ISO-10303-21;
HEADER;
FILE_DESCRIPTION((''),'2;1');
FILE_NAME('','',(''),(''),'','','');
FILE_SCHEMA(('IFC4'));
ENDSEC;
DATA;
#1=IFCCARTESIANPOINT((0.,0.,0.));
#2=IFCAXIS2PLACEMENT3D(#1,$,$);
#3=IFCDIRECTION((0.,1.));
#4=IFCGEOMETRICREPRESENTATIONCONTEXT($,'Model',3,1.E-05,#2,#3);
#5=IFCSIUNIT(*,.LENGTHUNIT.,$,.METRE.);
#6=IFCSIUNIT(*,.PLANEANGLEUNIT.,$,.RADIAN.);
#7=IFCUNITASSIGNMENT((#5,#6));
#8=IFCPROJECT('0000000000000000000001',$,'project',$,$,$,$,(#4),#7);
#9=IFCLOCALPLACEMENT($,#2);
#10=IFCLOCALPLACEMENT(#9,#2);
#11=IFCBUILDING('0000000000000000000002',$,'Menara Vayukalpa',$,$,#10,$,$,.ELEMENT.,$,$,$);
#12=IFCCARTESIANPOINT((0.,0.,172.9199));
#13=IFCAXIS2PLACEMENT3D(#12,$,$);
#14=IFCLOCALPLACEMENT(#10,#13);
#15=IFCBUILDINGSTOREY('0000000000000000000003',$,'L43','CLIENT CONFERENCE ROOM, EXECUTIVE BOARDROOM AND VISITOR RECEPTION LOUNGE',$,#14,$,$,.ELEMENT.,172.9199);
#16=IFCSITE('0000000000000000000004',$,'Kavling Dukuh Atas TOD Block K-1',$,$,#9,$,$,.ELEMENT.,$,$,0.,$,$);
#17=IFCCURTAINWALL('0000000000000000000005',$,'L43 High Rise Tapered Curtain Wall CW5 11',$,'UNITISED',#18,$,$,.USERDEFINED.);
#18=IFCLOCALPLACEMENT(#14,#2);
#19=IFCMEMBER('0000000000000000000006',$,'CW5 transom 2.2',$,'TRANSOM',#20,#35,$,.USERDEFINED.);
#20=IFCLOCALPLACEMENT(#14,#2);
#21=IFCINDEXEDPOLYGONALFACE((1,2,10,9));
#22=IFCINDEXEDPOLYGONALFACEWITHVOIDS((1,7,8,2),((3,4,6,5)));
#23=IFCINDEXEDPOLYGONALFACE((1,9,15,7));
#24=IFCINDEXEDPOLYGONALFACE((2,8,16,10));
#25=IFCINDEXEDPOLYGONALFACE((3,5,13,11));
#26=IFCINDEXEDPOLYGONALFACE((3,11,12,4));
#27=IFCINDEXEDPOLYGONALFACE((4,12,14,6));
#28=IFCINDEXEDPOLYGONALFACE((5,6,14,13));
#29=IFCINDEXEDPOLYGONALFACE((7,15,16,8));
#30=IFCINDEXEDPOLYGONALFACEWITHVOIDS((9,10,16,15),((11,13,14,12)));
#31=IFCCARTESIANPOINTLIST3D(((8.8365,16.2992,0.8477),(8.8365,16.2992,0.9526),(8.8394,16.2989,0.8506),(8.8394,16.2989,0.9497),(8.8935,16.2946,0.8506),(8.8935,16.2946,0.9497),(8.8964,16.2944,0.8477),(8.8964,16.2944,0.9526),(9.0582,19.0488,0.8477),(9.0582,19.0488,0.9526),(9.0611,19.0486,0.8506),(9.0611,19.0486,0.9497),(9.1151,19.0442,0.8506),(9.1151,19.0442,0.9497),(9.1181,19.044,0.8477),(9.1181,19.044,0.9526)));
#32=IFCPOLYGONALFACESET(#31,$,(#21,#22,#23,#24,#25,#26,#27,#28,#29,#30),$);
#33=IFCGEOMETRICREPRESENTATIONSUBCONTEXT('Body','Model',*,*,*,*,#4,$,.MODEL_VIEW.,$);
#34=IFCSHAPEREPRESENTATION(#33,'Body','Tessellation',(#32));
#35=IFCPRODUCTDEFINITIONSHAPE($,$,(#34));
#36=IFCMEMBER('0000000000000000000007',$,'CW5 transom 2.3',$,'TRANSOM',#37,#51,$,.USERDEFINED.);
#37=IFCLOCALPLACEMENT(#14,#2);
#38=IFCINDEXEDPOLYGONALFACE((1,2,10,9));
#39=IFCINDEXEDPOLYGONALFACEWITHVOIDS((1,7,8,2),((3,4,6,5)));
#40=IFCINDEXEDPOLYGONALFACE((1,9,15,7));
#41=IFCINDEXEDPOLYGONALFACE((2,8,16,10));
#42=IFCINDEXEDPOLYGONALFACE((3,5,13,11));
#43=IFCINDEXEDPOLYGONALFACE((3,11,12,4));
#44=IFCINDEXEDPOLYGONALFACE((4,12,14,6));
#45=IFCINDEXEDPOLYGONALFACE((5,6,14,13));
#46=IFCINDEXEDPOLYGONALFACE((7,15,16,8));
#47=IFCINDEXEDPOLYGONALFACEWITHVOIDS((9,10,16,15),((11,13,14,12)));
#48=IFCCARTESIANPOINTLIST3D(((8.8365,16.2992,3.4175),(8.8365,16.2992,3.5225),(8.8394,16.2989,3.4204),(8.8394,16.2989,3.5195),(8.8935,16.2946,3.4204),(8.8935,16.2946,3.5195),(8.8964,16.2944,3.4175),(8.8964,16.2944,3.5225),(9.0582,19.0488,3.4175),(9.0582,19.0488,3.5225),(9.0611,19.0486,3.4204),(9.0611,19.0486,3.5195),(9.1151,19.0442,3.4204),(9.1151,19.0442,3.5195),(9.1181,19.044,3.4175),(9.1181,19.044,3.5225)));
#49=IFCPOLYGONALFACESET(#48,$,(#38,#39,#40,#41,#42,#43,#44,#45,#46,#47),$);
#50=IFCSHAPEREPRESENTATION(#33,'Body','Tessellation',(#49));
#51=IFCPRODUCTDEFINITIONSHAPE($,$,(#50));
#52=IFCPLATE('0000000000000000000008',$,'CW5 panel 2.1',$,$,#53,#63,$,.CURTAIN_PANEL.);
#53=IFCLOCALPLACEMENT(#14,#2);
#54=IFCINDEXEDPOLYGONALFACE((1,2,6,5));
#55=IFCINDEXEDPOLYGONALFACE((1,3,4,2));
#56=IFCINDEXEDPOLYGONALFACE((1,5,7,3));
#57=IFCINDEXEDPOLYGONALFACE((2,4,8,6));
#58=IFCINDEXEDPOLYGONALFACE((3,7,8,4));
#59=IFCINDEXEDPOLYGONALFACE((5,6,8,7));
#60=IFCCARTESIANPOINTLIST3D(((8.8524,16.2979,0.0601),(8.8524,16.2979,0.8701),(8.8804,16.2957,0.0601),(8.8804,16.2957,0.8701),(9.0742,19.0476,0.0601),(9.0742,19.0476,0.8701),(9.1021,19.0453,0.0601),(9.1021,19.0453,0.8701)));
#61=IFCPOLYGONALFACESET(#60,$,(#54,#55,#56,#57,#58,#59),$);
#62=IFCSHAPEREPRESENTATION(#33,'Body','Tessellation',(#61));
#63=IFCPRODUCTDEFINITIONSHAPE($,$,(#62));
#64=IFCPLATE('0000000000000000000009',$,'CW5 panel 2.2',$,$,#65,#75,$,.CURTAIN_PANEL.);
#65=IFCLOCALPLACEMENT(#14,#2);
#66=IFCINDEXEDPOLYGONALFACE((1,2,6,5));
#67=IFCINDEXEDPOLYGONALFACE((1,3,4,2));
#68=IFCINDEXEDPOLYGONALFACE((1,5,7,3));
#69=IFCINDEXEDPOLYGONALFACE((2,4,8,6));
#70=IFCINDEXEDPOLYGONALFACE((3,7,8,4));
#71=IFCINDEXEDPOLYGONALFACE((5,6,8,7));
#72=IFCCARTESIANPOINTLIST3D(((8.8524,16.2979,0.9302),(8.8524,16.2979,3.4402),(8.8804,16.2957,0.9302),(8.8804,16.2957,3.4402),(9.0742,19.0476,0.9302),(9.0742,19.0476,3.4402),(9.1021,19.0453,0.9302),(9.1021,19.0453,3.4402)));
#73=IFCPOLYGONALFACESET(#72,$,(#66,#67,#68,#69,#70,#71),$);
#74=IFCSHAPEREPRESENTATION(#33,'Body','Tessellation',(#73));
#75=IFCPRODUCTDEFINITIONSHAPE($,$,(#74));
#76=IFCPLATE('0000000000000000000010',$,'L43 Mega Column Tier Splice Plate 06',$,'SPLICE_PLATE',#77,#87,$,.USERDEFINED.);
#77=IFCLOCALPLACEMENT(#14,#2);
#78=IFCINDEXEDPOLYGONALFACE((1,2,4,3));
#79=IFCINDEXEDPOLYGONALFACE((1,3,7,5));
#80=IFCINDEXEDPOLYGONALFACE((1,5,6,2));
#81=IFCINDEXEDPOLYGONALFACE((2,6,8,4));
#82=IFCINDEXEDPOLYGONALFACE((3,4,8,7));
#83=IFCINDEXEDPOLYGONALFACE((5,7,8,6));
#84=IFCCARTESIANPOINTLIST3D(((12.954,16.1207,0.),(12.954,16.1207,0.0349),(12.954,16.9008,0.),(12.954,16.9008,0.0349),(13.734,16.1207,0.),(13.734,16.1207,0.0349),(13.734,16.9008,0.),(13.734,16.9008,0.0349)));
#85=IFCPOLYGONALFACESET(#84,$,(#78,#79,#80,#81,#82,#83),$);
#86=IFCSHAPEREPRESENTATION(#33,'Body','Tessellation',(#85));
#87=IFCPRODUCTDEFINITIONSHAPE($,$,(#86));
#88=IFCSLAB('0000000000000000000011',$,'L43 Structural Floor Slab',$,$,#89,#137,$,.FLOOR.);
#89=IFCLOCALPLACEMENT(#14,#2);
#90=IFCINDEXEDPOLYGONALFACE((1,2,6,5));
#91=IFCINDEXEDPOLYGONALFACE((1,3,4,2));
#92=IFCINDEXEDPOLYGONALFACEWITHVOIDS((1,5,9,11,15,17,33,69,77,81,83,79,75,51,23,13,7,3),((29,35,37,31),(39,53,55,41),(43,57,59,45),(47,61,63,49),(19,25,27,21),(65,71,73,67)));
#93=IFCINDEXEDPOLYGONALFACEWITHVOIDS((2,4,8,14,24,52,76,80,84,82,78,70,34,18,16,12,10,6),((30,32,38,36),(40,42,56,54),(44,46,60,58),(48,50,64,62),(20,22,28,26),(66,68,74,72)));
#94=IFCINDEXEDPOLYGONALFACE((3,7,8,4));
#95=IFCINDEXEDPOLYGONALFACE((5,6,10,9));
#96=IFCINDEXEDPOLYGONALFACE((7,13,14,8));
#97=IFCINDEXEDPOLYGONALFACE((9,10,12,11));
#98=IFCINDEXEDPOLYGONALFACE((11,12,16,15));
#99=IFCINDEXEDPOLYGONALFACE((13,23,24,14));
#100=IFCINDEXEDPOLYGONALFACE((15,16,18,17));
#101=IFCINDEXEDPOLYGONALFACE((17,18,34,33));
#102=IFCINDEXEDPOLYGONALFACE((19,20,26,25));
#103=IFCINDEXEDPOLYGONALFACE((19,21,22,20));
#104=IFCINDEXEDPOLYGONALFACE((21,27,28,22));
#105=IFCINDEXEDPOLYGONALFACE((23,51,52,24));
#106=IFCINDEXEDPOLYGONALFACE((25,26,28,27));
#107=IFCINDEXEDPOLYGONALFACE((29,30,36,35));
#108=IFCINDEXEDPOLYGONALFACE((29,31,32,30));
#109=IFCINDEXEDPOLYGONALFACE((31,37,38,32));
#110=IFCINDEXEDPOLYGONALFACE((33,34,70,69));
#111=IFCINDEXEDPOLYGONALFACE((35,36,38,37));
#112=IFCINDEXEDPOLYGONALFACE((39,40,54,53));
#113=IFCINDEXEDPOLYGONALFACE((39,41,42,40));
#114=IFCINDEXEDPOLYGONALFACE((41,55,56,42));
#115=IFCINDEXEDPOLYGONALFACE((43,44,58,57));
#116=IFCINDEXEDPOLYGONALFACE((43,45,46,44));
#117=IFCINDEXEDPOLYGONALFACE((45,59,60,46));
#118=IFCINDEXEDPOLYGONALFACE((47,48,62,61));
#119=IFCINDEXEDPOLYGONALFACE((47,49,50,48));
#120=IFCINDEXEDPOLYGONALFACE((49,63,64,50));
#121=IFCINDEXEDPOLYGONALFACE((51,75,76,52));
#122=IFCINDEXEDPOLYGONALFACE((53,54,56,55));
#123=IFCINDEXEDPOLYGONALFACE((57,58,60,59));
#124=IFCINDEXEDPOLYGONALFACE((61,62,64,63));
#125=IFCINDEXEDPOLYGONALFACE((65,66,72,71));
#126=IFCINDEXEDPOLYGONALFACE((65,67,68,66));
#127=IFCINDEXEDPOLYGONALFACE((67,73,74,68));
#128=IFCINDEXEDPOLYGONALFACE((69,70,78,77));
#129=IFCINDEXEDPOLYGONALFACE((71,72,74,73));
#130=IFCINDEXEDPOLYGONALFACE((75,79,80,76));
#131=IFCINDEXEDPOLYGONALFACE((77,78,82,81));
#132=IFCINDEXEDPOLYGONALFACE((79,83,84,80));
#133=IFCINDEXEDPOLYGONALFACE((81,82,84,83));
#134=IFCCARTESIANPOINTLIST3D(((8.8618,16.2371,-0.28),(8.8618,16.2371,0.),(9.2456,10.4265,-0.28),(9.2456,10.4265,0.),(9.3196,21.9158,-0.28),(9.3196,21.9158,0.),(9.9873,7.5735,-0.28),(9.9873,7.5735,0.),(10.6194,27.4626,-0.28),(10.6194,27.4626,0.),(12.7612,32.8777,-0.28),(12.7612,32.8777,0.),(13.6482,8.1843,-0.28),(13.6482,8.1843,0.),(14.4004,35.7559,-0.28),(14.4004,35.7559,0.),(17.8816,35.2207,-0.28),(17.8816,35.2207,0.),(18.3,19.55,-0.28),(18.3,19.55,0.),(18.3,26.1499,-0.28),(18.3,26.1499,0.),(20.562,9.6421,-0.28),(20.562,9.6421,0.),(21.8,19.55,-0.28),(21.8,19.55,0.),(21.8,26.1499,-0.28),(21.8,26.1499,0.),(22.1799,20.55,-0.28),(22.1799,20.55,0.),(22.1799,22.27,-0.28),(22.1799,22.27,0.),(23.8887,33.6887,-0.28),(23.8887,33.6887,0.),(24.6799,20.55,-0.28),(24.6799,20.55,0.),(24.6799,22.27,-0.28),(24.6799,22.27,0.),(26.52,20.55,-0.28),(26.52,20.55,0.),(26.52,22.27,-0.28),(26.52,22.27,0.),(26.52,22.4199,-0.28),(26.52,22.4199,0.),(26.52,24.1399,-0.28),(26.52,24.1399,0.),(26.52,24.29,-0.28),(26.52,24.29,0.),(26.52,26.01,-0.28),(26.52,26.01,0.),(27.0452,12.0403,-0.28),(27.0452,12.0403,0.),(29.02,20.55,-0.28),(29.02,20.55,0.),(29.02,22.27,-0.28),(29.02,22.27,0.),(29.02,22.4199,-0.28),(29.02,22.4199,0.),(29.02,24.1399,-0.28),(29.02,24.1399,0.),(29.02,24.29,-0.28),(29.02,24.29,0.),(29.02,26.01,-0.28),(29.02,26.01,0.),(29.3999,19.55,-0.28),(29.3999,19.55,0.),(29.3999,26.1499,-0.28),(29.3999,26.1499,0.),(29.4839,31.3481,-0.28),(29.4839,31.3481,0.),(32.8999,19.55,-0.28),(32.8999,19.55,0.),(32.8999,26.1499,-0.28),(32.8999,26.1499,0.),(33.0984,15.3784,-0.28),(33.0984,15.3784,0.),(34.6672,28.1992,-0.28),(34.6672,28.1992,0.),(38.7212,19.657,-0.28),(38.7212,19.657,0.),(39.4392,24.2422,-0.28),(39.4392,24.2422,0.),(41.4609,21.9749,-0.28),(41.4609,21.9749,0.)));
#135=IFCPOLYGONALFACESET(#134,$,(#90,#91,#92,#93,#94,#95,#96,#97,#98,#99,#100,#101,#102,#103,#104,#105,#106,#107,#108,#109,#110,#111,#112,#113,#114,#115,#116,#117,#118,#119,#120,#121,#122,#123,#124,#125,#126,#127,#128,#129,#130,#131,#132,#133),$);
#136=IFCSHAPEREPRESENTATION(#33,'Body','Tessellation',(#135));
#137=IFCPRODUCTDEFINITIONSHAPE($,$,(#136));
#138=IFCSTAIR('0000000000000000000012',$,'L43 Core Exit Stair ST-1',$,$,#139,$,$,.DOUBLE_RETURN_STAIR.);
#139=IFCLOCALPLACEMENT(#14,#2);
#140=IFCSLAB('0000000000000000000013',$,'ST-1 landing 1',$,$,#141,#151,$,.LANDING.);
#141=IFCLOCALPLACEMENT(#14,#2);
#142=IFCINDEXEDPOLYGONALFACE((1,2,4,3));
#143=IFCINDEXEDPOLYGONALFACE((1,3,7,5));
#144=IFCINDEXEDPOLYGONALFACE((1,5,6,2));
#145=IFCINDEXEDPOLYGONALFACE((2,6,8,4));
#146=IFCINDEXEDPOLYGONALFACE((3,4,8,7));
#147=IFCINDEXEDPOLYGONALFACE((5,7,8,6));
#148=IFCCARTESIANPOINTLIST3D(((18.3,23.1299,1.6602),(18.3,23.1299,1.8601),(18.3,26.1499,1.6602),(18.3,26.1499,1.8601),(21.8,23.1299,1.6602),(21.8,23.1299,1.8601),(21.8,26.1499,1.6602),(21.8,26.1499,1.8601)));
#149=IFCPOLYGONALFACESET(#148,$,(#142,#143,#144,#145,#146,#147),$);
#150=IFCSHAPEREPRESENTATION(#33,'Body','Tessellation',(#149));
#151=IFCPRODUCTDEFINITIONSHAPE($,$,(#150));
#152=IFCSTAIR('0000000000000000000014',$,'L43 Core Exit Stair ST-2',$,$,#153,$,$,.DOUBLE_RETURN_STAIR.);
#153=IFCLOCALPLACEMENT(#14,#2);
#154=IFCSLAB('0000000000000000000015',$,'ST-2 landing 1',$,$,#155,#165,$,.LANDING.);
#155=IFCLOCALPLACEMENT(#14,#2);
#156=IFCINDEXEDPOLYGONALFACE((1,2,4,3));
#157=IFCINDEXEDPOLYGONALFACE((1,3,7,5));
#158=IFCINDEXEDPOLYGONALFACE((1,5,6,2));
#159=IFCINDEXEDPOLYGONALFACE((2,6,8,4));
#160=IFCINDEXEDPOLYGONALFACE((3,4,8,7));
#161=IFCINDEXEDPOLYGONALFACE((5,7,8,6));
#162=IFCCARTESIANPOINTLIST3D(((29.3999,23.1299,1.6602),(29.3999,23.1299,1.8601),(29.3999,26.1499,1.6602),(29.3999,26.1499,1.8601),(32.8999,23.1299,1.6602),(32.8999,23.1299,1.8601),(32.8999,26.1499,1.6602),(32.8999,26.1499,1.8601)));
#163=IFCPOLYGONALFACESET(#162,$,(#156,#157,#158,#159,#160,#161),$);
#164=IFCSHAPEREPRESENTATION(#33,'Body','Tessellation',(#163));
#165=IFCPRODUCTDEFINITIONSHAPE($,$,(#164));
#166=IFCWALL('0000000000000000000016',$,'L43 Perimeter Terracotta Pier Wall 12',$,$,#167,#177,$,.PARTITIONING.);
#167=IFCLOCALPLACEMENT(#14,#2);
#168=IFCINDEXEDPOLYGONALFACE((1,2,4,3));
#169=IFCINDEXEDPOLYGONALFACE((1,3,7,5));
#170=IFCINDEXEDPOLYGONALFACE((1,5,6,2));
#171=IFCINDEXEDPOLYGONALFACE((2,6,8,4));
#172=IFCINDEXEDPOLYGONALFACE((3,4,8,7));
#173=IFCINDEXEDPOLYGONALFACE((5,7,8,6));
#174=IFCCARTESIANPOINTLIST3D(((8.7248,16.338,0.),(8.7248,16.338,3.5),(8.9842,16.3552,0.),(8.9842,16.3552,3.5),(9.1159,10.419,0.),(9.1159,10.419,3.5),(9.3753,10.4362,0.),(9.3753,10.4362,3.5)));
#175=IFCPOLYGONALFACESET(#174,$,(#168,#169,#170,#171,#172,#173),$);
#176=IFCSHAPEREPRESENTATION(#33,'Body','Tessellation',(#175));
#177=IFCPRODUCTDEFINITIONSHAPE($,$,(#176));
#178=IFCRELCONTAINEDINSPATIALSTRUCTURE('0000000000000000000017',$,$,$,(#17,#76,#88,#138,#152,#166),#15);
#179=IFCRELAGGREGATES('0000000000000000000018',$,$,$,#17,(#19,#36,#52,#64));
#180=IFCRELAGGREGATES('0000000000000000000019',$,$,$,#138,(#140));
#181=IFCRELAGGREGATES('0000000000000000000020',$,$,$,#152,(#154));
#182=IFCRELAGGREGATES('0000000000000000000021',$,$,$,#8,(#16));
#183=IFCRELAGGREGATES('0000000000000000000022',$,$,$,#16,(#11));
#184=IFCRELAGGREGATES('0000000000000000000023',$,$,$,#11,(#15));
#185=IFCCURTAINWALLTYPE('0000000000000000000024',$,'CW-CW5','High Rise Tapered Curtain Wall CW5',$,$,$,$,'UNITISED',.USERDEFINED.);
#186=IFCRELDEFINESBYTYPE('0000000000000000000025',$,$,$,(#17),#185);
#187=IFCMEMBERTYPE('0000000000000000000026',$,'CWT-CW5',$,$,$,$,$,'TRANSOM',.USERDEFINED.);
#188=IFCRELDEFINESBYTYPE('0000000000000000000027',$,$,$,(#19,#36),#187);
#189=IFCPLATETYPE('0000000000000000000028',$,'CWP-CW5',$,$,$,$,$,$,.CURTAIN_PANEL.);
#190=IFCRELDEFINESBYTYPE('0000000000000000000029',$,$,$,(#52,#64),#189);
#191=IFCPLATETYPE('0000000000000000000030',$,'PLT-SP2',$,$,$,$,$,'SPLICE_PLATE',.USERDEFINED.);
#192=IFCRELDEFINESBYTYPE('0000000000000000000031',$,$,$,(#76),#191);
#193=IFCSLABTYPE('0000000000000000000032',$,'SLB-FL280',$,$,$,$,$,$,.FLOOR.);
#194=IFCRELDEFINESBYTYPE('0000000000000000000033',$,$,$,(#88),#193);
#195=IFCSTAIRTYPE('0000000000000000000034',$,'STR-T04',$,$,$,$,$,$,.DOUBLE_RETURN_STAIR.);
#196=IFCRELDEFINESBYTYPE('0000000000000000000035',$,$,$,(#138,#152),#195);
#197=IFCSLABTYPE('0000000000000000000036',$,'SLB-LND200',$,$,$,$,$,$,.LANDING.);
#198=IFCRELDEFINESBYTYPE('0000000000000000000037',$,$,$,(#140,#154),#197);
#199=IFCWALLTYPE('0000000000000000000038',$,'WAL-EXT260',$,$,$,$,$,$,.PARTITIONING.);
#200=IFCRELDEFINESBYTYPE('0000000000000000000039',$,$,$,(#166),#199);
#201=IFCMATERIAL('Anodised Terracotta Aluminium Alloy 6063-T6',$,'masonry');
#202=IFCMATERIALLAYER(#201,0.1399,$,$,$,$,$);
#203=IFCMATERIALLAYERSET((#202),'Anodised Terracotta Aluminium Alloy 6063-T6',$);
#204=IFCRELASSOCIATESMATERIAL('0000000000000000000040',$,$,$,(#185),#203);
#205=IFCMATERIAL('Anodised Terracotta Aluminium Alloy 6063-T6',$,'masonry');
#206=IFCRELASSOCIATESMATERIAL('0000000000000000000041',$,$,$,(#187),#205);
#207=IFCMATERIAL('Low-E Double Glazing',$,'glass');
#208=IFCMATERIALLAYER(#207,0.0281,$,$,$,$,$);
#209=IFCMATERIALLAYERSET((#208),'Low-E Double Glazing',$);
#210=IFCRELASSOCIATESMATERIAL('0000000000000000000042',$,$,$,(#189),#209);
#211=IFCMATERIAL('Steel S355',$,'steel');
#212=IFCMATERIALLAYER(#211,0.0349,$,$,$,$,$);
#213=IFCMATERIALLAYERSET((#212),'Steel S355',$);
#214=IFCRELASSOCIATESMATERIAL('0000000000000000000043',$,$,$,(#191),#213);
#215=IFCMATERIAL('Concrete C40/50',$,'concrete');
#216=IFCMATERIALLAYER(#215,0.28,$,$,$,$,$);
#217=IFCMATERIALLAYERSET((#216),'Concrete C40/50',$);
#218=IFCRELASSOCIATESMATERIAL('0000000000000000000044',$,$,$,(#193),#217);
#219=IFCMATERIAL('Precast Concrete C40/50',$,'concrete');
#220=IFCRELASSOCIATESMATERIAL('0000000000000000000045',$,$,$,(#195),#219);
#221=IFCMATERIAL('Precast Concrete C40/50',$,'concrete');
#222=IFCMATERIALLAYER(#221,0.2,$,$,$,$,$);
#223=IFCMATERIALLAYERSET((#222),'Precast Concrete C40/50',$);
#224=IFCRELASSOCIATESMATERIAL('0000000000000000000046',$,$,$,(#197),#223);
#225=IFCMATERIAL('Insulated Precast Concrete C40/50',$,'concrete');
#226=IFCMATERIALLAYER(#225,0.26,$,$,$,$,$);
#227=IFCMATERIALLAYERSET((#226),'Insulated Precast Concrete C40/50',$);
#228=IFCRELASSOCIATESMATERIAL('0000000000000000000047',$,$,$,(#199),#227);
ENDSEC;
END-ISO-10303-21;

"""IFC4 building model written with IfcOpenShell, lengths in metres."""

from ifc_helpers import new_model, si_unit, direction, frame, frame_2d, origin, origin_2d, place, context, subcontext, project, spatial, polyline, rectangle, hollow_rectangle, outline, extrude, material, layer, layer_set, material_profile, profile_set, type_object, element, aggregate, save


model = new_model("IFC4")

# Units and contexts
model_context = context("Model", 3, precision=1e-05, world=origin(), true_north=direction((0.0, 1.0)))
body_context = subcontext(model_context, "Body", "Model", "MODEL_VIEW")
ifc_project = project(units=[si_unit("LENGTHUNIT", "METRE"), si_unit("PLANEANGLEUNIT", "RADIAN")], contexts=[model_context])

# Site, building, storey
site_placement = place(None, origin())
site = spatial("IfcSite", under=ifc_project, at=site_placement, Name="Kavling Dukuh Atas TOD Block K-1", CompositionType="ELEMENT", RefElevation=0.0)
building_placement = place(site_placement, origin())
building = spatial("IfcBuilding", under=site, at=building_placement, Name="Menara Vayukalpa", CompositionType="ELEMENT")
storey_placement = place(building_placement, frame((0.0, 0.0, 172.9199)))
storey = spatial("IfcBuildingStorey", under=building, at=storey_placement, Name="L43", Description="CLIENT CONFERENCE ROOM, EXECUTIVE BOARDROOM AND VISITOR RECEPTION LOUNGE", CompositionType="ELEMENT", Elevation=172.9199)

# Curtain wall, members, plates
ifc_material_1 = material(Name="Anodised Terracotta Aluminium Alloy 6063-T6", Category="masonry")
ifc_layer_1 = layer(ifc_material_1, 0.1399)
ifc_layer_set_1 = layer_set([ifc_layer_1], Name="Anodised Terracotta Aluminium Alloy 6063-T6")
curtain_wall_type = type_object("IfcCurtainWallType", Name="CW-CW5", Description="High Rise Tapered Curtain Wall CW5", ElementType="UNITISED", PredefinedType="USERDEFINED", material=ifc_layer_set_1)
curtain_wall_placement = place(storey_placement, origin())
curtain_wall = element("IfcCurtainWall", 1, at=curtain_wall_placement, inside=storey, type_object=curtain_wall_type, Name="L43 High Rise Tapered Curtain Wall CW5 11", ObjectType="UNITISED", PredefinedType="USERDEFINED")
ifc_material_2 = material(Name="Anodised Terracotta Aluminium Alloy 6063-T6", Category="masonry")
ifc_material_profile_1 = material_profile(ifc_material_2, hollow_rectangle(XDim=0.0601, YDim=0.105, WallThickness=0.0029, at=origin_2d()), Name="ALU 60x105x3")
ifc_profile_set_1 = profile_set([ifc_material_profile_1], Name="Anodised Terracotta Aluminium Alloy 6063-T6")
member_type_1 = type_object("IfcMemberType", Name="CWT-CW5", ElementType="TRANSOM", PredefinedType="USERDEFINED", material=ifc_profile_set_1)
member_1_placement = place(storey_placement, frame((9.0881, 19.0464, 0.9001), z_axis=(-0.080364, -0.996766, 0.0), x_axis=(0.996766, -0.080364, 0.0)))
member_1 = element("IfcMember", 2, at=member_1_placement, type_object=member_type_1, Name="CW5 transom 2.2", ObjectType="TRANSOM", PredefinedType="USERDEFINED", context=body_context, shape_type="SweptSolid", body=[
    extrude(hollow_rectangle(XDim=0.0601, YDim=0.105, WallThickness=0.0029, at=origin_2d()), origin(), (0.0, 0.0, 1.0), 2.7585),
])
member_2_placement = place(storey_placement, frame((9.0881, 19.0464, 3.47), z_axis=(-0.080364, -0.996766, 0.0), x_axis=(0.996766, -0.080364, 0.0)))
member_2 = element("IfcMember", 3, at=member_2_placement, type_object=member_type_1, Name="CW5 transom 2.3", ObjectType="TRANSOM", PredefinedType="USERDEFINED", context=body_context, shape_type="SweptSolid", body=[
    extrude(hollow_rectangle(XDim=0.0601, YDim=0.105, WallThickness=0.0029, at=origin_2d()), origin(), (0.0, 0.0, 1.0), 2.7585),
])
ifc_material_3 = material(Name="Low-E Double Glazing", Category="glass")
ifc_layer_2 = layer(ifc_material_3, 0.0281)
ifc_layer_set_2 = layer_set([ifc_layer_2], Name="Low-E Double Glazing")
plate_type_1 = type_object("IfcPlateType", Name="CWP-CW5", PredefinedType="CURTAIN_PANEL", material=ifc_layer_set_2)
plate_1_placement = place(storey_placement, frame((8.9773, 17.6716, 0.0601), z_axis=(0.0, 0.0, 1.0), x_axis=(-0.080374, -0.996765, 0.0)))
plate_1 = element("IfcPlate", 4, at=plate_1_placement, type_object=plate_type_1, Name="CW5 panel 2.1", PredefinedType="CURTAIN_PANEL", context=body_context, shape_type="SweptSolid", body=[
    extrude(rectangle(XDim=2.7585, YDim=0.0281, at=origin_2d()), origin(), (0.0, 0.0, 1.0), 0.8101),
])
plate_2_placement = place(storey_placement, frame((8.9773, 17.6716, 0.9302), z_axis=(0.0, 0.0, 1.0), x_axis=(-0.080374, -0.996765, 0.0)))
plate_2 = element("IfcPlate", 5, at=plate_2_placement, type_object=plate_type_1, Name="CW5 panel 2.2", PredefinedType="CURTAIN_PANEL", context=body_context, shape_type="SweptSolid", body=[
    extrude(rectangle(XDim=2.7585, YDim=0.0281, at=origin_2d()), origin(), (0.0, 0.0, 1.0), 2.51),
])
aggregate(curtain_wall, [member_1, member_2, plate_1, plate_2])

# Plate
ifc_material_4 = material(Name="Steel S355", Category="steel")
ifc_layer_3 = layer(ifc_material_4, 0.0349)
ifc_layer_set_3 = layer_set([ifc_layer_3], Name="Steel S355")
plate_type_2 = type_object("IfcPlateType", Name="PLT-SP2", ElementType="SPLICE_PLATE", PredefinedType="USERDEFINED", material=ifc_layer_set_3)
plate_3_placement = place(storey_placement, frame((13.344, 16.5107, 0.0), z_axis=(0.0, 0.0, 1.0), x_axis=(1.0, 0.0, 0.0)))
element("IfcPlate", 6, at=plate_3_placement, inside=storey, type_object=plate_type_2, Name="L43 Mega Column Tier Splice Plate 06", ObjectType="SPLICE_PLATE", PredefinedType="USERDEFINED", context=body_context, shape_type="SweptSolid", body=[
    extrude(rectangle(XDim=0.78, YDim=0.78, at=origin_2d()), origin(), (0.0, 0.0, 1.0), 0.0349),
])

# Slab
ifc_material_5 = material(Name="Concrete C40/50", Category="concrete")
ifc_layer_4 = layer(ifc_material_5, 0.28)
ifc_layer_set_4 = layer_set([ifc_layer_4], Name="Concrete C40/50")
slab_type_1 = type_object("IfcSlabType", Name="SLB-FL280", PredefinedType="FLOOR", material=ifc_layer_set_4)
slab_1_placement = place(storey_placement, frame((0.0, 0.0, -0.28)))
element("IfcSlab", 7, at=slab_1_placement, inside=storey, type_object=slab_type_1, Name="L43 Structural Floor Slab", PredefinedType="FLOOR", context=body_context, shape_type="SweptSolid", body=[
    extrude(outline(polyline([(38.7212, 19.657), (41.4609, 21.9749), (39.4392, 24.2422), (34.6672, 28.1992), (29.4839, 31.3481), (23.8887, 33.6887), (17.8816, 35.2207), (14.4004, 35.7559), (12.7612, 32.8777), (10.6194, 27.4626), (9.3196, 21.9158), (8.8618, 16.2371), (9.2456, 10.4265), (9.9873, 7.5735), (13.6482, 8.1843), (20.562, 9.6421), (27.0452, 12.0403), (33.0984, 15.3784), (38.7212, 19.657)]), holes=[polyline([(21.8, 19.55), (21.8, 26.1499), (18.3, 26.1499), (18.3, 19.55), (21.8, 19.55)]), polyline([(32.8999, 19.55), (32.8999, 26.1499), (29.3999, 26.1499), (29.3999, 19.55), (32.8999, 19.55)]), polyline([(22.1799, 20.55), (24.6799, 20.55), (24.6799, 22.27), (22.1799, 22.27), (22.1799, 20.55)]), polyline([(26.52, 20.55), (29.02, 20.55), (29.02, 22.27), (26.52, 22.27), (26.52, 20.55)]), polyline([(26.52, 24.29), (29.02, 24.29), (29.02, 26.01), (26.52, 26.01), (26.52, 24.29)]), polyline([(26.52, 22.4199), (29.02, 22.4199), (29.02, 24.1399), (26.52, 24.1399), (26.52, 22.4199)])]), origin(), (0.0, 0.0, 1.0), 0.28),
])

# Stairs, slabs
ifc_material_6 = material(Name="Precast Concrete C40/50", Category="concrete")
stair_type = type_object("IfcStairType", Name="STR-T04", PredefinedType="DOUBLE_RETURN_STAIR", material=ifc_material_6)
stair_1_placement = place(storey_placement, origin())
stair_1 = element("IfcStair", 8, at=stair_1_placement, inside=storey, type_object=stair_type, Name="L43 Core Exit Stair ST-1", PredefinedType="DOUBLE_RETURN_STAIR")
ifc_material_7 = material(Name="Precast Concrete C40/50", Category="concrete")
ifc_layer_5 = layer(ifc_material_7, 0.2)
ifc_layer_set_5 = layer_set([ifc_layer_5], Name="Precast Concrete C40/50")
slab_type_2 = type_object("IfcSlabType", Name="SLB-LND200", PredefinedType="LANDING", material=ifc_layer_set_5)
slab_2_placement = place(storey_placement, frame((0.0, 0.0, 1.6602)))
slab_2 = element("IfcSlab", 9, at=slab_2_placement, type_object=slab_type_2, Name="ST-1 landing 1", PredefinedType="LANDING", context=body_context, shape_type="SweptSolid", body=[
    extrude(outline(polyline([(21.8, 23.1299), (21.8, 26.1499), (18.3, 26.1499), (18.3, 23.1299), (21.8, 23.1299)])), origin(), (0.0, 0.0, 1.0), 0.2),
])
aggregate(stair_1, [slab_2])
stair_2_placement = place(storey_placement, origin())
stair_2 = element("IfcStair", 10, at=stair_2_placement, inside=storey, type_object=stair_type, Name="L43 Core Exit Stair ST-2", PredefinedType="DOUBLE_RETURN_STAIR")
slab_3_placement = place(storey_placement, frame((0.0, 0.0, 1.6602)))
slab_3 = element("IfcSlab", 11, at=slab_3_placement, type_object=slab_type_2, Name="ST-2 landing 1", PredefinedType="LANDING", context=body_context, shape_type="SweptSolid", body=[
    extrude(outline(polyline([(32.8999, 23.1299), (32.8999, 26.1499), (29.3999, 26.1499), (29.3999, 23.1299), (32.8999, 23.1299)])), origin(), (0.0, 0.0, 1.0), 0.2),
])
aggregate(stair_2, [slab_3])

# Wall
ifc_material_8 = material(Name="Insulated Precast Concrete C40/50", Category="concrete")
ifc_layer_6 = layer(ifc_material_8, 0.26)
ifc_layer_set_6 = layer_set([ifc_layer_6], Name="Insulated Precast Concrete C40/50")
wall_type_1 = type_object("IfcWallType", Name="WAL-EXT260", PredefinedType="PARTITIONING", material=ifc_layer_set_6)
wall_1_placement = place(storey_placement, frame((9.2456, 10.4277, 0.0), z_axis=(0.0, 0.0, 1.0), x_axis=(-0.065934, 0.997824, 0.0)))
element("IfcWall", 12, at=wall_1_placement, inside=storey, type_object=wall_type_1, Name="L43 Perimeter Terracotta Pier Wall 12", PredefinedType="PARTITIONING", context=body_context, shape_type="SweptSolid", body=[
    extrude(rectangle(XDim=5.9319, YDim=0.26, at=frame_2d((2.9658, 0.0))), origin(), (0.0, 0.0, 1.0), 3.5),
])

save(model, "model.ifc")
